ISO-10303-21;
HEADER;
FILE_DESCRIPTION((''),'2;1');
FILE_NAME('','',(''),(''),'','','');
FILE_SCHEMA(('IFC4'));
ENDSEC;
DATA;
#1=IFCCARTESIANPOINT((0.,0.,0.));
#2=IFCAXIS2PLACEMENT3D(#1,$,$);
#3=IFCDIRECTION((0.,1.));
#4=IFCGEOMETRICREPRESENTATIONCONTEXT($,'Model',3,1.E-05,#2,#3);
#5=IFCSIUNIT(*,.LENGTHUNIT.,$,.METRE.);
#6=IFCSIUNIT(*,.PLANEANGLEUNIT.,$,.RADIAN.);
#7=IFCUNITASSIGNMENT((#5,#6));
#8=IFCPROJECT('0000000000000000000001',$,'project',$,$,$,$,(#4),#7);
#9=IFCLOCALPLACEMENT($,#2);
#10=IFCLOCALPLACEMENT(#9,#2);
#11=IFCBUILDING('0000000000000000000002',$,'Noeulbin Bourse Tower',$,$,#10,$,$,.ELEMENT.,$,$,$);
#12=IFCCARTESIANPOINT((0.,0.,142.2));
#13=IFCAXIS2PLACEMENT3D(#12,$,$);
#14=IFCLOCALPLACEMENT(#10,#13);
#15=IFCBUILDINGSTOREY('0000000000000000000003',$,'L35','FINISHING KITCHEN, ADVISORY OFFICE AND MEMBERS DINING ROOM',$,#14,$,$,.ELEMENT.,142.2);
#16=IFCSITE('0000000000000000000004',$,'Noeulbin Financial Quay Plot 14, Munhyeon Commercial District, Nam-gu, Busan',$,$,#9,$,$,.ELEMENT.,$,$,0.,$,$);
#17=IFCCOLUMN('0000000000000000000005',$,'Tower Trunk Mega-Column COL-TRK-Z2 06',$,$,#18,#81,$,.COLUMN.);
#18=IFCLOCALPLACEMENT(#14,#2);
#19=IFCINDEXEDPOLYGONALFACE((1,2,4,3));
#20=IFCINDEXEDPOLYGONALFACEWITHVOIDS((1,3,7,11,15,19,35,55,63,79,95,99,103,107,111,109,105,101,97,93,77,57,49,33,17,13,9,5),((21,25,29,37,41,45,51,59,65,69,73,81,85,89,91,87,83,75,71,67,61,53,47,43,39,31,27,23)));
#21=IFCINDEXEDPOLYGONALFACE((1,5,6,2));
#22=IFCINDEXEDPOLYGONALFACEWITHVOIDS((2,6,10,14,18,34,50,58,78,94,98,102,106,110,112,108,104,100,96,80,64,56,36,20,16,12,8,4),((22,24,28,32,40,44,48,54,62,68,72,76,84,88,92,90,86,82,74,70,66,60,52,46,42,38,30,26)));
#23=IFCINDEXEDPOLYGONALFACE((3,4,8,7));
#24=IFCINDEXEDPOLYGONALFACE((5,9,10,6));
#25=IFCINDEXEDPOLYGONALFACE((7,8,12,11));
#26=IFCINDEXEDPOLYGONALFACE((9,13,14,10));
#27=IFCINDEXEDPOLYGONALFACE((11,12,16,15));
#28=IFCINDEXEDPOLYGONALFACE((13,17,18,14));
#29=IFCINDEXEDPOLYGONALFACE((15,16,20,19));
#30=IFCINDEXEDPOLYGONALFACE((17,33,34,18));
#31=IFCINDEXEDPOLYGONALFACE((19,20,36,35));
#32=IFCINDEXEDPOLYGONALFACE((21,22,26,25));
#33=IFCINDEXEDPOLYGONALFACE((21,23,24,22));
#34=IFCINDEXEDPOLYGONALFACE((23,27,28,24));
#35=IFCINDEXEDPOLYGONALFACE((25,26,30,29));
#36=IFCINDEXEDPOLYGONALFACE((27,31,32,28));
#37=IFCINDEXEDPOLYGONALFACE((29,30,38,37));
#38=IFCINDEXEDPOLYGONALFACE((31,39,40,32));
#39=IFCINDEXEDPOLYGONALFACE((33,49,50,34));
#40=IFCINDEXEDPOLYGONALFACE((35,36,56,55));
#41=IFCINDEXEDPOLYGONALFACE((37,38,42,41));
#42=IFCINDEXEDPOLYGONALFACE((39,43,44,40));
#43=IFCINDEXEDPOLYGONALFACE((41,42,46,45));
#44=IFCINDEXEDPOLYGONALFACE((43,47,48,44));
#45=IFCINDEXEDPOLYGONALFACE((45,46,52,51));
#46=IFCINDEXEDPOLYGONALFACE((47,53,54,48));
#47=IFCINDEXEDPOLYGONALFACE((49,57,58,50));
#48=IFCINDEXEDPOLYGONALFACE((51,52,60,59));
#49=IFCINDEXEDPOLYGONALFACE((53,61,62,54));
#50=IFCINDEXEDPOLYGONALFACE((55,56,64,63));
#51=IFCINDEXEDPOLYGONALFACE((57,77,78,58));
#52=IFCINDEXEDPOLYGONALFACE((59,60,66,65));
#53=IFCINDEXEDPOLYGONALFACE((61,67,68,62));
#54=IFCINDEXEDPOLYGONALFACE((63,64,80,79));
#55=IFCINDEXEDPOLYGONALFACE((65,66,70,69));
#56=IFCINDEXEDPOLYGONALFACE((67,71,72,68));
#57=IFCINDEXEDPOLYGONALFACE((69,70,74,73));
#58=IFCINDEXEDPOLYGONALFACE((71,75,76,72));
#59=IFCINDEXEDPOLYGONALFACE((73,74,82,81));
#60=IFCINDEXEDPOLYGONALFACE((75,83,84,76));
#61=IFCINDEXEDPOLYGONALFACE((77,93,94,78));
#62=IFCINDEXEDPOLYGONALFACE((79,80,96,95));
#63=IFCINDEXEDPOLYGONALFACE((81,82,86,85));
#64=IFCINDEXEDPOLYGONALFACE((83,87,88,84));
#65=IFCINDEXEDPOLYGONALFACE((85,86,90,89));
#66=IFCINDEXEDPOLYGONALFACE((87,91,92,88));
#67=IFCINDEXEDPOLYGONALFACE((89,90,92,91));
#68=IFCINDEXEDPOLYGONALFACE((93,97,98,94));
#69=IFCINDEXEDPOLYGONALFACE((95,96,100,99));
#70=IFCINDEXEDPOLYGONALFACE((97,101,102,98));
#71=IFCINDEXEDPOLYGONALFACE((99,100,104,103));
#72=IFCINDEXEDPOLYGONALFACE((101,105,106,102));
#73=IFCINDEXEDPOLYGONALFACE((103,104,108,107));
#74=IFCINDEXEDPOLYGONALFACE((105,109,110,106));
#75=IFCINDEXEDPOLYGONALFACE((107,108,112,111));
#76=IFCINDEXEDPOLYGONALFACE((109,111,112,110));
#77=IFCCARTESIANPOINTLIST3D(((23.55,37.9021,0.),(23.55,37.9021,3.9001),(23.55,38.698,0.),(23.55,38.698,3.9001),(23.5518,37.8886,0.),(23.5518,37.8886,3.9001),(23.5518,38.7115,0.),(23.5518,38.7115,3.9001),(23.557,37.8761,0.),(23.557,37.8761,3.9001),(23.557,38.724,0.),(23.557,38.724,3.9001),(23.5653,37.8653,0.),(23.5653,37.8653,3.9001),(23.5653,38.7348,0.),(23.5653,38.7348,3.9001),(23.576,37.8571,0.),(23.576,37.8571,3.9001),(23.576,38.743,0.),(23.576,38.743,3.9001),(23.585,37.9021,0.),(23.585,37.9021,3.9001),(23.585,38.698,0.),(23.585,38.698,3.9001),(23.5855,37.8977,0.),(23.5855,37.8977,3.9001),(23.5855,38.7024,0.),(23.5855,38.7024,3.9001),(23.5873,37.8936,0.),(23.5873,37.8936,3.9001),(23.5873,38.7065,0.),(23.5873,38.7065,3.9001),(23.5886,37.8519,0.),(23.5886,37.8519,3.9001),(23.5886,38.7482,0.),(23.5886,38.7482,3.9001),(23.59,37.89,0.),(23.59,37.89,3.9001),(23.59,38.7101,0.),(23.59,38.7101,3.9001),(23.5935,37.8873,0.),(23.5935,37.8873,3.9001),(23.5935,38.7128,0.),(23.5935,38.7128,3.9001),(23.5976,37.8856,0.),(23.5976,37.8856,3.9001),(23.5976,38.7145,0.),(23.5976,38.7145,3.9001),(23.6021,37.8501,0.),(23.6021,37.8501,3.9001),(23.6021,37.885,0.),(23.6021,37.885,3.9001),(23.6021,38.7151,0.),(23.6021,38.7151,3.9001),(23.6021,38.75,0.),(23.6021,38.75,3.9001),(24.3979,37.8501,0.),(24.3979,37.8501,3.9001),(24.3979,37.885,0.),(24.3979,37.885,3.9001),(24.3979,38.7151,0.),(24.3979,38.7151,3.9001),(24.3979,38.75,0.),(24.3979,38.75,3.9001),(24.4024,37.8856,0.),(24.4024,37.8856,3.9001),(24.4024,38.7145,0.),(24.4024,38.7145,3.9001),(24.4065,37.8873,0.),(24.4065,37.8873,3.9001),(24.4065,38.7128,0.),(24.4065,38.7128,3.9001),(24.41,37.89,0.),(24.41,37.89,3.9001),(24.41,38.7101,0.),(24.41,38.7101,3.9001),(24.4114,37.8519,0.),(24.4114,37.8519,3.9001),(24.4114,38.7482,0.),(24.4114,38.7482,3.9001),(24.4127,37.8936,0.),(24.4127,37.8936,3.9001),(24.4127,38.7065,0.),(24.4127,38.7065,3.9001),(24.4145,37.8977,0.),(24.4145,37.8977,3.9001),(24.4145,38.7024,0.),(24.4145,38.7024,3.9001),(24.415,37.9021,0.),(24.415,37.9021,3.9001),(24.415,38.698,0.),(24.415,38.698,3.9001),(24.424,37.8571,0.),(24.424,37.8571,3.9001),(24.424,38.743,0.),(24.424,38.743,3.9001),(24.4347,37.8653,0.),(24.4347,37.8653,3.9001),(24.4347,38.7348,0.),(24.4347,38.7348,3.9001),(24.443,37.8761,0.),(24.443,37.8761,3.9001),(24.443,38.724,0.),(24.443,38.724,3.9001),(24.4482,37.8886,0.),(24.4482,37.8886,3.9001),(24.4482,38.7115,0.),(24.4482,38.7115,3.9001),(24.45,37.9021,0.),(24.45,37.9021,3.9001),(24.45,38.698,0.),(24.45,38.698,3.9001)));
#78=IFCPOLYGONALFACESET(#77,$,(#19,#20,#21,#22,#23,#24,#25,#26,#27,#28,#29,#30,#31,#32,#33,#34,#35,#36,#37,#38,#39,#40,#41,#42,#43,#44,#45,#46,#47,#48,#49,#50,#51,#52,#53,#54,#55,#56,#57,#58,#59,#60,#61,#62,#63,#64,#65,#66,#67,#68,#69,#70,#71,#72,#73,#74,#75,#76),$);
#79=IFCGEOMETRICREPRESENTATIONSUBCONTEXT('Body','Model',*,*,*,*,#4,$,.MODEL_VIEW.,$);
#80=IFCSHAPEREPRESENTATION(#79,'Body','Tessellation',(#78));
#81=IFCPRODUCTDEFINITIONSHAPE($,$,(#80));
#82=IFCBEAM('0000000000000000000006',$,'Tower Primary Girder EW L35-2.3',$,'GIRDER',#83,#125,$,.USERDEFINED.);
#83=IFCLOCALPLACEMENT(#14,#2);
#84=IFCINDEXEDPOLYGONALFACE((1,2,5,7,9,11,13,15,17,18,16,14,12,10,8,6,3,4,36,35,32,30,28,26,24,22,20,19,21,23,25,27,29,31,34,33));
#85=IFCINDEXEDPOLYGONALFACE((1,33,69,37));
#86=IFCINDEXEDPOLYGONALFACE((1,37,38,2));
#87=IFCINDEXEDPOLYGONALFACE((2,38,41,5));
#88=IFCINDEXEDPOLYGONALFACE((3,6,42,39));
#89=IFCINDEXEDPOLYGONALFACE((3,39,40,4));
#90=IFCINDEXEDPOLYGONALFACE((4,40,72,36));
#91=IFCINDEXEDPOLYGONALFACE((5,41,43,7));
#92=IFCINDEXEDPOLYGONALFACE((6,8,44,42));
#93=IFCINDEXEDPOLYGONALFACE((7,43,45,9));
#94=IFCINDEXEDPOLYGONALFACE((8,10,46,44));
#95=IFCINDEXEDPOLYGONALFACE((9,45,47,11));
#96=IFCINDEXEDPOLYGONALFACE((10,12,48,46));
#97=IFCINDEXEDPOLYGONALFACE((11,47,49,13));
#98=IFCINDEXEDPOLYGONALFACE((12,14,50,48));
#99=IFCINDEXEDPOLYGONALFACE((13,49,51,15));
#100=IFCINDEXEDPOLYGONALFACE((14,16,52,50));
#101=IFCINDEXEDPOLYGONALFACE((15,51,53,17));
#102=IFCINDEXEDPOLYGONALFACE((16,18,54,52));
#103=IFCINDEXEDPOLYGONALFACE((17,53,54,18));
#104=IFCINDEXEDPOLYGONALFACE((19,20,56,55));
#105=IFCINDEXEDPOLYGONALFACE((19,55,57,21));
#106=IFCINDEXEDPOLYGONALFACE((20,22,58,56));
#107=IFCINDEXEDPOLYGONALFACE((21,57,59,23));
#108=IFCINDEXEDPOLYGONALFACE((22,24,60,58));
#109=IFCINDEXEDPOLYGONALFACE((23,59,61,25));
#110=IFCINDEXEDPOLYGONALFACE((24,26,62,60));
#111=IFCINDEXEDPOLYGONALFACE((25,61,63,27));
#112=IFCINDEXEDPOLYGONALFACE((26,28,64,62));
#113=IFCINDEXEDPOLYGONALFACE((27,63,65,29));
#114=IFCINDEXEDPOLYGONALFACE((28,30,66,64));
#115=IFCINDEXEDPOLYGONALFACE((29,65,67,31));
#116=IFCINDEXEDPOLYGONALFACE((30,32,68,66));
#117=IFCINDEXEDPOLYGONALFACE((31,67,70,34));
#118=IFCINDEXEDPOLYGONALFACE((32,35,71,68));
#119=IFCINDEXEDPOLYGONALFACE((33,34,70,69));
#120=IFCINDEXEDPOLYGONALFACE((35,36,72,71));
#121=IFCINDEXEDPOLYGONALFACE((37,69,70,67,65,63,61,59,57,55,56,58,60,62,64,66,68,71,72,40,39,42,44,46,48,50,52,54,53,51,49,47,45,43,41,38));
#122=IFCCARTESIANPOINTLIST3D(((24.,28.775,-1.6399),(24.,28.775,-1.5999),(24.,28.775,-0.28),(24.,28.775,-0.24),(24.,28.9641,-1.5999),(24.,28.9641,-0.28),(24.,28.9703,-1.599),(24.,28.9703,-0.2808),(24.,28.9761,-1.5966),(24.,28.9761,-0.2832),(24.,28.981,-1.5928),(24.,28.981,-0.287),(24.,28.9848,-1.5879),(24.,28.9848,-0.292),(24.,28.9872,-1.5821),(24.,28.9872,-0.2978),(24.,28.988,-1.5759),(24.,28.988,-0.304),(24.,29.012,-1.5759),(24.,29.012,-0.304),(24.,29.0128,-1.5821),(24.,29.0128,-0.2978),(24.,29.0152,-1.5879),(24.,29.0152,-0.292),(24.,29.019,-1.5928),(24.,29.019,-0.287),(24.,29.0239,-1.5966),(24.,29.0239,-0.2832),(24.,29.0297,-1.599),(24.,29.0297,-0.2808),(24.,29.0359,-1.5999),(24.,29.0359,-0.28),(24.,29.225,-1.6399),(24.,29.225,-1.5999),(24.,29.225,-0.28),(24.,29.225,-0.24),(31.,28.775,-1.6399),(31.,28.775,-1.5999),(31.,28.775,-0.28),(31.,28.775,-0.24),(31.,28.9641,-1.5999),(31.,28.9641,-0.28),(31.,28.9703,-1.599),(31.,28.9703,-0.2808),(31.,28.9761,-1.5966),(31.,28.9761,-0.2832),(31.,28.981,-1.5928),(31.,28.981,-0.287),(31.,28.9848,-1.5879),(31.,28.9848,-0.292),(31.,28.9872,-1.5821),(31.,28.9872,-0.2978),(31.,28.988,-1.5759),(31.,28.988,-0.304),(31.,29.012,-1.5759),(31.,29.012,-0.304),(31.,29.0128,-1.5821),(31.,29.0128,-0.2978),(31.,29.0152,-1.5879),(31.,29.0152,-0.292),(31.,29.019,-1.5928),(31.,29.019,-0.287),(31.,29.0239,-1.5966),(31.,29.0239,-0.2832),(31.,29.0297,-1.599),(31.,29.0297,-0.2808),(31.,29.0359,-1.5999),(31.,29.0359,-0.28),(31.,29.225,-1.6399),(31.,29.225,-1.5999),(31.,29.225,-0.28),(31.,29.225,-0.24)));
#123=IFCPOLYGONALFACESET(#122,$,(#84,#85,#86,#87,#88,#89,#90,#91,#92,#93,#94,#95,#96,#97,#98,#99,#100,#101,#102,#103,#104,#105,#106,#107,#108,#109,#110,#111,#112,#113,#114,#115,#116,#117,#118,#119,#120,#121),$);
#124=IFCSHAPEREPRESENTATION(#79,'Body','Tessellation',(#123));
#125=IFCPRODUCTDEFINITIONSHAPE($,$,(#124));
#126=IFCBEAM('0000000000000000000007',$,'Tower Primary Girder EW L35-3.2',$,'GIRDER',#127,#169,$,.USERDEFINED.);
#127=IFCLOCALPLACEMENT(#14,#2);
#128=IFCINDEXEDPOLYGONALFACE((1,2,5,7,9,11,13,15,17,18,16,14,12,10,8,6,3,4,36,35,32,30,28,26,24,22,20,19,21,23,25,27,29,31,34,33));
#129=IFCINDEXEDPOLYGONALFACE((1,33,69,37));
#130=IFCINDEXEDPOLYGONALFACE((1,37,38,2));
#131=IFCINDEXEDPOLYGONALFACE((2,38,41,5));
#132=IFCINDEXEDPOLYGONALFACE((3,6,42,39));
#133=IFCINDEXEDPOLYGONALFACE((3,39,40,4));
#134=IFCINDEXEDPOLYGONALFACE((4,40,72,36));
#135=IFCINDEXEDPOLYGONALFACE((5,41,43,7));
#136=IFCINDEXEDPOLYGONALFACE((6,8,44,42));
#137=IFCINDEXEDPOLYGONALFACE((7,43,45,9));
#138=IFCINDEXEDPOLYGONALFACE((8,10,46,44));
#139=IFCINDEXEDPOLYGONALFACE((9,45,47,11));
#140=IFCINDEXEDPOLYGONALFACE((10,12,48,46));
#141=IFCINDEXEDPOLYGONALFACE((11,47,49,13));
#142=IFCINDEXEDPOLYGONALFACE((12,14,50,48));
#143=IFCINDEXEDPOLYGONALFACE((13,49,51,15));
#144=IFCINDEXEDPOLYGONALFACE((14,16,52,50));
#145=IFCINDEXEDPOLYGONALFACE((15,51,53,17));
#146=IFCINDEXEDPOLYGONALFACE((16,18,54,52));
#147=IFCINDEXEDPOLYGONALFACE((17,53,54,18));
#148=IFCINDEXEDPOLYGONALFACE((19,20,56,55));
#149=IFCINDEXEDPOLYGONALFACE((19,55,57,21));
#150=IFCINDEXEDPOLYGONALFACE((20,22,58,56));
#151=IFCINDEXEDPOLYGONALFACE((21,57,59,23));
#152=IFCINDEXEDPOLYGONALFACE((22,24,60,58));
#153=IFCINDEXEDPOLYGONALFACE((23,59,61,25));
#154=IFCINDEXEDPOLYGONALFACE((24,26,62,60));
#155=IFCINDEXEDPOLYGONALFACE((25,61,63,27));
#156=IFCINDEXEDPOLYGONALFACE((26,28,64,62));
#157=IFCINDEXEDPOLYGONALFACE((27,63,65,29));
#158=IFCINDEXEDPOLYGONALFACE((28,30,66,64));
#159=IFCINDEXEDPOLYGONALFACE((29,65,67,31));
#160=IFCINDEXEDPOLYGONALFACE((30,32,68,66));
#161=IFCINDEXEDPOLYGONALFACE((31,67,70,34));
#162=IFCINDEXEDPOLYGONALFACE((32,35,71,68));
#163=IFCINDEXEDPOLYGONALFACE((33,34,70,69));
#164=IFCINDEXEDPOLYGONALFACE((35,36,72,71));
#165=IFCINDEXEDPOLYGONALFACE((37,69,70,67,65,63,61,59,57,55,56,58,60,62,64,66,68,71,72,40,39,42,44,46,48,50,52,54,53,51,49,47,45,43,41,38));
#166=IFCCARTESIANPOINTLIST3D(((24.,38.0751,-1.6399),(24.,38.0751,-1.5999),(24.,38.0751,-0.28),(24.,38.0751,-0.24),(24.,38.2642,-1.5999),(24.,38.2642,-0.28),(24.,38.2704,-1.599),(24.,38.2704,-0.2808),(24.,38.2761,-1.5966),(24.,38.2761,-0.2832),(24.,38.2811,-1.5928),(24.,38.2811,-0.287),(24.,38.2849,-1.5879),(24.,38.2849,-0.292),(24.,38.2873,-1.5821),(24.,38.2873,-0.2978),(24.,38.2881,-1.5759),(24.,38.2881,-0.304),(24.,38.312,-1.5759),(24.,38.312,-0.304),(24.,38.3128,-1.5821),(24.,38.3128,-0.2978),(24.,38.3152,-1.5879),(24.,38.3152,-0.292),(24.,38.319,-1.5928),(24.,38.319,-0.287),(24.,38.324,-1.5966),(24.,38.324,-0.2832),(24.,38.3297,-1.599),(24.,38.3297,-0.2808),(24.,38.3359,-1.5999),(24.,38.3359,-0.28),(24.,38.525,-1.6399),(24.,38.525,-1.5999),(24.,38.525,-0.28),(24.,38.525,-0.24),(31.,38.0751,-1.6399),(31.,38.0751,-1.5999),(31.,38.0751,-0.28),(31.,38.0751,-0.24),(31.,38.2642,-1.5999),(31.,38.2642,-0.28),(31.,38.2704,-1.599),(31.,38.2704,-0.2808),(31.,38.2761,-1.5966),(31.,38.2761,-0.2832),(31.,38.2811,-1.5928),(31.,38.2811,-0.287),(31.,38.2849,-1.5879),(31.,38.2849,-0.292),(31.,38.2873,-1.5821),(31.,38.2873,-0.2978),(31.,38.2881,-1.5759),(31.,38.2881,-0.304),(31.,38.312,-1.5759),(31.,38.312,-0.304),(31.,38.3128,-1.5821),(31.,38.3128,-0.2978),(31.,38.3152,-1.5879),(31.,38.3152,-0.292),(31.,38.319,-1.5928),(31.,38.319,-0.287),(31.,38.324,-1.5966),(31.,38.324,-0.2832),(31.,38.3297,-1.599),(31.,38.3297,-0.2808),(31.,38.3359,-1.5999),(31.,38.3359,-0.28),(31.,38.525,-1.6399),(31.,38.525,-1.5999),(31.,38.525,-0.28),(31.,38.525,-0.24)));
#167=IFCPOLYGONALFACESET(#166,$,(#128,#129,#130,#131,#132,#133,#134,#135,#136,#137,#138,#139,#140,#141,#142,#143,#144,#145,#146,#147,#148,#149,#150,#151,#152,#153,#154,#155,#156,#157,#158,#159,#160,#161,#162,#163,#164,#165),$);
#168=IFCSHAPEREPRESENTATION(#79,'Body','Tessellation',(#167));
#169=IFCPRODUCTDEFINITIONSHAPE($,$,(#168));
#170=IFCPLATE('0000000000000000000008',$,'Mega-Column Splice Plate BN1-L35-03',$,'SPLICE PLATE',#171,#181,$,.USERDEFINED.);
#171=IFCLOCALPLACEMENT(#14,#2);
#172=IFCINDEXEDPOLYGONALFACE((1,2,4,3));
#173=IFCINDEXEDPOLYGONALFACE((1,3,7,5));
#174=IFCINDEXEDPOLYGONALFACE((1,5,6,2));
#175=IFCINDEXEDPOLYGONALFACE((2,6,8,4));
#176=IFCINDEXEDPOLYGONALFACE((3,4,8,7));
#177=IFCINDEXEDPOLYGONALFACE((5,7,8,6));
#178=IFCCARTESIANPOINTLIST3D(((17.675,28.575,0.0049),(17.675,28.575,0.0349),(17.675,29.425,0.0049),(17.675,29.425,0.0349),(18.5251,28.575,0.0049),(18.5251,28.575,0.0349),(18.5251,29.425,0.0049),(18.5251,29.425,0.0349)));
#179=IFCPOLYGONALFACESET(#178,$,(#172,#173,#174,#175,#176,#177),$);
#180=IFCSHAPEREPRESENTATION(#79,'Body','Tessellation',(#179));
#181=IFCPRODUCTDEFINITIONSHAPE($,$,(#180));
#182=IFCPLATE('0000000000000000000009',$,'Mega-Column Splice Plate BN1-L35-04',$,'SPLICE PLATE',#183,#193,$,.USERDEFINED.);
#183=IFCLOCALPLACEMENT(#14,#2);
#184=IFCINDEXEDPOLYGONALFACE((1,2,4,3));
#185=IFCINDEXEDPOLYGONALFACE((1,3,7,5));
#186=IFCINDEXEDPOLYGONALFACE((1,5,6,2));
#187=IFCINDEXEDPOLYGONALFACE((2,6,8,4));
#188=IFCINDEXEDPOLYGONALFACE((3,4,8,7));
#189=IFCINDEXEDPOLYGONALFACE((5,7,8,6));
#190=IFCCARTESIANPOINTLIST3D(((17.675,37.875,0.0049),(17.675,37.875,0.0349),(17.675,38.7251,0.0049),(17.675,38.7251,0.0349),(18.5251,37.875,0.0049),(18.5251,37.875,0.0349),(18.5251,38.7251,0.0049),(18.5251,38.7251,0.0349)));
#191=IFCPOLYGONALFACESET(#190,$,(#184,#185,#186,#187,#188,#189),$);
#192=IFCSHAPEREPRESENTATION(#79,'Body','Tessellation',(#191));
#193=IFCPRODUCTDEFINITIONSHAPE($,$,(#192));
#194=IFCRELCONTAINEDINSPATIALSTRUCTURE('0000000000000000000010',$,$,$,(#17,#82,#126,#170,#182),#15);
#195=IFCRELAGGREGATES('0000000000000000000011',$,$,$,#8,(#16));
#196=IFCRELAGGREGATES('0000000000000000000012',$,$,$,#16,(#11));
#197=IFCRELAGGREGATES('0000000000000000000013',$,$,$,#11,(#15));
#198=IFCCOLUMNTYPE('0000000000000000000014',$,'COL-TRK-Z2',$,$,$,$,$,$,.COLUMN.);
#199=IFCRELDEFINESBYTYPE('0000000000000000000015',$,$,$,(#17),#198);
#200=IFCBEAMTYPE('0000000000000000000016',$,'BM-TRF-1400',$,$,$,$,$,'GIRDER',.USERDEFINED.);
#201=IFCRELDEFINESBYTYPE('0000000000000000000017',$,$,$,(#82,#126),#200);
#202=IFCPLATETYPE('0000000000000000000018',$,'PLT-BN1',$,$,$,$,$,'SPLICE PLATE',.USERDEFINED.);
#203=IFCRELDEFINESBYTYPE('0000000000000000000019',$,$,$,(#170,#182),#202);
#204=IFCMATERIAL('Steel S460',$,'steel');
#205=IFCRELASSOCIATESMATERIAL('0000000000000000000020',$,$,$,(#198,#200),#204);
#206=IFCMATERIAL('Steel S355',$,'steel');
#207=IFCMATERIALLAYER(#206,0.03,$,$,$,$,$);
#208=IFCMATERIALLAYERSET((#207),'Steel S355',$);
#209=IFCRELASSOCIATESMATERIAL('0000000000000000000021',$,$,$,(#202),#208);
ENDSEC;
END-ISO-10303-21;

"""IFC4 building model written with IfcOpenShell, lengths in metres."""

from ifc_helpers import new_model, si_unit, direction, frame, origin, origin_2d, place, context, subcontext, project, spatial, rectangle, hollow_rectangle, i_section, extrude, material, layer, layer_set, material_profile, profile_set, type_object, element, save


model = new_model("IFC4")

# Units and contexts
model_context = context("Model", 3, precision=1e-05, world=origin(), true_north=direction((0.0, 1.0)))
body_context = subcontext(model_context, "Body", "Model", "MODEL_VIEW")
ifc_project = project(units=[si_unit("LENGTHUNIT", "METRE"), si_unit("PLANEANGLEUNIT", "RADIAN")], contexts=[model_context])

# Site, building, storey
site_placement = place(None, origin())
site = spatial("IfcSite", under=ifc_project, at=site_placement, Name="Noeulbin Financial Quay Plot 14, Munhyeon Commercial District, Nam-gu, Busan", CompositionType="ELEMENT", RefElevation=0.0)
building_placement = place(site_placement, origin())
building = spatial("IfcBuilding", under=site, at=building_placement, Name="Noeulbin Bourse Tower", CompositionType="ELEMENT")
storey_placement = place(building_placement, frame((0.0, 0.0, 142.2)))
storey = spatial("IfcBuildingStorey", under=building, at=storey_placement, Name="L35", Description="FINISHING KITCHEN, ADVISORY OFFICE AND MEMBERS DINING ROOM", CompositionType="ELEMENT", Elevation=142.2)

# Column
ifc_material_1 = material(Name="Steel S460", Category="steel")
ifc_material_profile_1 = material_profile(ifc_material_1, hollow_rectangle(XDim=0.8999, YDim=0.8999, WallThickness=0.0349, InnerFilletRadius=0.0171, OuterFilletRadius=0.052, at=origin_2d()), Name="BOX-900x900x35", Category="LoadBearing")
ifc_profile_set_1 = profile_set([ifc_material_profile_1], Name="Steel S460")
column_type = type_object("IfcColumnType", Name="COL-TRK-Z2", PredefinedType="COLUMN", material=ifc_profile_set_1)
for number, where, z_axis, x_axis, name in (
    (1, (24.0, 38.3, 0.0), (0.0, 0.0, 1.0), (1.0, 0.0, 0.0), "Tower Trunk Mega-Column COL-TRK-Z2 06"),
):
    element("IfcColumn", number, at=place(storey_placement, frame(where, z_axis=z_axis, x_axis=x_axis)), inside=storey, type_object=column_type, Name=name, PredefinedType="COLUMN", context=body_context, shape_type="SweptSolid", body=[
        extrude(hollow_rectangle(XDim=0.8999, YDim=0.8999, WallThickness=0.0349, InnerFilletRadius=0.0171, OuterFilletRadius=0.052, at=origin_2d()), origin(), (0.0, 0.0, 1.0), 3.9001),
    ])

# Beams
ifc_material_profile_2 = material_profile(ifc_material_1, i_section(OverallWidth=0.45, OverallDepth=1.3999, WebThickness=0.0239, FlangeThickness=0.04, FilletRadius=0.0239, at=origin_2d()), Name="PG-1400x450x24x40", Category="LoadBearing")
ifc_profile_set_2 = profile_set([ifc_material_profile_2], Name="Steel S460")
beam_type = type_object("IfcBeamType", Name="BM-TRF-1400", ElementType="GIRDER", PredefinedType="USERDEFINED", material=ifc_profile_set_2)
for number, where, z_axis, x_axis, name in (
    (2, (24.0, 29.0, -0.9399), (1.0, 0.0, 0.0), (0.0, 1.0, 0.0), "Tower Primary Girder EW L35-2.3"),
    (3, (24.0, 38.3, -0.9399), (1.0, 0.0, 0.0), (0.0, 1.0, 0.0), "Tower Primary Girder EW L35-3.2"),
):
    element("IfcBeam", number, at=place(storey_placement, frame(where, z_axis=z_axis, x_axis=x_axis)), inside=storey, type_object=beam_type, Name=name, ObjectType="GIRDER", PredefinedType="USERDEFINED", context=body_context, shape_type="SweptSolid", body=[
        extrude(i_section(OverallWidth=0.45, OverallDepth=1.3999, WebThickness=0.0239, FlangeThickness=0.04, FilletRadius=0.0239, at=origin_2d()), origin(), (0.0, 0.0, 1.0), 7.0),
    ])

# Plates
ifc_material_2 = material(Name="Steel S355", Category="steel")
ifc_layer_1 = layer(ifc_material_2, 0.03)
ifc_layer_set_1 = layer_set([ifc_layer_1], Name="Steel S355")
plate_type = type_object("IfcPlateType", Name="PLT-BN1", ElementType="SPLICE PLATE", PredefinedType="USERDEFINED", material=ifc_layer_set_1)
for number, where, z_axis, x_axis, name in (
    (4, (18.1001, 29.0, 0.0049), (0.0, 0.0, 1.0), (1.0, 0.0, 0.0), "Mega-Column Splice Plate BN1-L35-03"),
    (5, (18.1001, 38.3, 0.0049), (0.0, 0.0, 1.0), (1.0, 0.0, 0.0), "Mega-Column Splice Plate BN1-L35-04"),
):
    element("IfcPlate", number, at=place(storey_placement, frame(where, z_axis=z_axis, x_axis=x_axis)), inside=storey, type_object=plate_type, Name=name, ObjectType="SPLICE PLATE", PredefinedType="USERDEFINED", context=body_context, shape_type="SweptSolid", body=[
        extrude(rectangle(XDim=0.8501, YDim=0.8501, at=origin_2d()), origin(), (0.0, 0.0, 1.0), 0.03),
    ])

save(model, "model.ifc")
